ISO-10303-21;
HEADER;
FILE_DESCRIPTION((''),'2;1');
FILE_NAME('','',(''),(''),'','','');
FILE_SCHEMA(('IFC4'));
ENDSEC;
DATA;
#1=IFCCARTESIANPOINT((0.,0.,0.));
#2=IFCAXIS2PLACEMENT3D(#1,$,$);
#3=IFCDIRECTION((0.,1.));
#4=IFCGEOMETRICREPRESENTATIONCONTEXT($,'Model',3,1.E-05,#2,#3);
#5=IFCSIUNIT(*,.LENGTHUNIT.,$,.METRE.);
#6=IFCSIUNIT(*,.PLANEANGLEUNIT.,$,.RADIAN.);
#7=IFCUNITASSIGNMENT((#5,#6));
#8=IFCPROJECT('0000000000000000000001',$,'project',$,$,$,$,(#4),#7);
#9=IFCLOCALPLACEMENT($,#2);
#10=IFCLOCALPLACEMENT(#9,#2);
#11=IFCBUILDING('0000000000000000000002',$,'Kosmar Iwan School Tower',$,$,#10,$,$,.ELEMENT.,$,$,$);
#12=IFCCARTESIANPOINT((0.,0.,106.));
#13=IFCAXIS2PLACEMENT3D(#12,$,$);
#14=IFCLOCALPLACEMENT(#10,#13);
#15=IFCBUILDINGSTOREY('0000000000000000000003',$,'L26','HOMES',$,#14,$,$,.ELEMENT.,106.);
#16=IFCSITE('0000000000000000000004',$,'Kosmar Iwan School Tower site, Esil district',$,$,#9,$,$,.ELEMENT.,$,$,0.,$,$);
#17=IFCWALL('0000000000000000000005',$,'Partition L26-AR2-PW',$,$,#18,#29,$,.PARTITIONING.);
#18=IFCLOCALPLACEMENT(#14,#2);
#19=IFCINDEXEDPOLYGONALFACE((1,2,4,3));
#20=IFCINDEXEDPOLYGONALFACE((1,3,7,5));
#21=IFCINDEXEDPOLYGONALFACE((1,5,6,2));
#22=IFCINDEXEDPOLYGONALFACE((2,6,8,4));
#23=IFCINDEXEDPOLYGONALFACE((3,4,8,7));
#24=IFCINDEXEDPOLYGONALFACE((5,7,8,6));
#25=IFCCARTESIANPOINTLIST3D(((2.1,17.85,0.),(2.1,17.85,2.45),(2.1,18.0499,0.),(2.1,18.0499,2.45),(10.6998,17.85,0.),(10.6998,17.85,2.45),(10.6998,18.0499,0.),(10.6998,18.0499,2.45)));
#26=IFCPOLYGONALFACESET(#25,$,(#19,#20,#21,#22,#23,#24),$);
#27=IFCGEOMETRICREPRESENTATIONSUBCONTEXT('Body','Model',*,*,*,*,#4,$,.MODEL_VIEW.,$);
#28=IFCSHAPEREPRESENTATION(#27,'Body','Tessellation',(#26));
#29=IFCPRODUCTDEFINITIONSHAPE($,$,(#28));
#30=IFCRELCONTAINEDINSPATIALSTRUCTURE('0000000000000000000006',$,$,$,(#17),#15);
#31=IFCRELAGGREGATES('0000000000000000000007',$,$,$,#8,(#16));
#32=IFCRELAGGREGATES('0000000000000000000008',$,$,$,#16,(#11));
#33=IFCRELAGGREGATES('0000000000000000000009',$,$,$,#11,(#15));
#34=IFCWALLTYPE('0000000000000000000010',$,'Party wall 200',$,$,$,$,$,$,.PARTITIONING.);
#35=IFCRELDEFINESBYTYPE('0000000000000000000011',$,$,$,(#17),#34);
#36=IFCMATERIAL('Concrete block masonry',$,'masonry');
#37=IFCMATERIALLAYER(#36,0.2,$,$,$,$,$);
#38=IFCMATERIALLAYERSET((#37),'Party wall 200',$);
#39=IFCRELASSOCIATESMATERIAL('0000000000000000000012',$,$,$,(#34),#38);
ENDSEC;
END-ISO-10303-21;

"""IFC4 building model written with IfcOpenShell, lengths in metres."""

from ifc_helpers import new_model, si_unit, direction, frame, frame_2d, origin, place, context, subcontext, project, spatial, rectangle, extrude, material, layer, layer_set, type_object, element, save


model = new_model("IFC4")

# Units and contexts
model_context = context("Model", 3, precision=1e-05, world=origin(), true_north=direction((0.0, 1.0)))
body_context = subcontext(model_context, "Body", "Model", "MODEL_VIEW")
ifc_project = project(units=[si_unit("LENGTHUNIT", "METRE"), si_unit("PLANEANGLEUNIT", "RADIAN")], contexts=[model_context])

# Site, building, storey
site_placement = place(None, origin())
site = spatial("IfcSite", under=ifc_project, at=site_placement, Name="Kosmar Iwan School Tower site, Esil district", CompositionType="ELEMENT", RefElevation=0.0)
building_placement = place(site_placement, origin())
building = spatial("IfcBuilding", under=site, at=building_placement, Name="Kosmar Iwan School Tower", CompositionType="ELEMENT")
storey_placement = place(building_placement, frame((0.0, 0.0, 106.0)))
storey = spatial("IfcBuildingStorey", under=building, at=storey_placement, Name="L26", Description="HOMES", CompositionType="ELEMENT", Elevation=106.0)

# Wall
ifc_material_1 = material(Name="Concrete block masonry", Category="masonry")
ifc_layer_1 = layer(ifc_material_1, 0.2)
ifc_layer_set_1 = layer_set([ifc_layer_1], Name="Party wall 200")
wall_type_1 = type_object("IfcWallType", Name="Party wall 200", PredefinedType="PARTITIONING", material=ifc_layer_set_1)
wall_1_placement = place(storey_placement, frame((2.1001, 17.95, 0.0), z_axis=(0.0, 0.0, 1.0), x_axis=(1.0, 0.0, 0.0)))
element("IfcWall", 1, at=wall_1_placement, inside=storey, type_object=wall_type_1, Name="Partition L26-AR2-PW", PredefinedType="PARTITIONING", context=body_context, shape_type="SweptSolid", body=[
    extrude(rectangle(XDim=8.5999, YDim=0.2, at=frame_2d((4.2998, 0.0))), origin(), (0.0, 0.0, 1.0), 2.45),
])

save(model, "model.ifc")
